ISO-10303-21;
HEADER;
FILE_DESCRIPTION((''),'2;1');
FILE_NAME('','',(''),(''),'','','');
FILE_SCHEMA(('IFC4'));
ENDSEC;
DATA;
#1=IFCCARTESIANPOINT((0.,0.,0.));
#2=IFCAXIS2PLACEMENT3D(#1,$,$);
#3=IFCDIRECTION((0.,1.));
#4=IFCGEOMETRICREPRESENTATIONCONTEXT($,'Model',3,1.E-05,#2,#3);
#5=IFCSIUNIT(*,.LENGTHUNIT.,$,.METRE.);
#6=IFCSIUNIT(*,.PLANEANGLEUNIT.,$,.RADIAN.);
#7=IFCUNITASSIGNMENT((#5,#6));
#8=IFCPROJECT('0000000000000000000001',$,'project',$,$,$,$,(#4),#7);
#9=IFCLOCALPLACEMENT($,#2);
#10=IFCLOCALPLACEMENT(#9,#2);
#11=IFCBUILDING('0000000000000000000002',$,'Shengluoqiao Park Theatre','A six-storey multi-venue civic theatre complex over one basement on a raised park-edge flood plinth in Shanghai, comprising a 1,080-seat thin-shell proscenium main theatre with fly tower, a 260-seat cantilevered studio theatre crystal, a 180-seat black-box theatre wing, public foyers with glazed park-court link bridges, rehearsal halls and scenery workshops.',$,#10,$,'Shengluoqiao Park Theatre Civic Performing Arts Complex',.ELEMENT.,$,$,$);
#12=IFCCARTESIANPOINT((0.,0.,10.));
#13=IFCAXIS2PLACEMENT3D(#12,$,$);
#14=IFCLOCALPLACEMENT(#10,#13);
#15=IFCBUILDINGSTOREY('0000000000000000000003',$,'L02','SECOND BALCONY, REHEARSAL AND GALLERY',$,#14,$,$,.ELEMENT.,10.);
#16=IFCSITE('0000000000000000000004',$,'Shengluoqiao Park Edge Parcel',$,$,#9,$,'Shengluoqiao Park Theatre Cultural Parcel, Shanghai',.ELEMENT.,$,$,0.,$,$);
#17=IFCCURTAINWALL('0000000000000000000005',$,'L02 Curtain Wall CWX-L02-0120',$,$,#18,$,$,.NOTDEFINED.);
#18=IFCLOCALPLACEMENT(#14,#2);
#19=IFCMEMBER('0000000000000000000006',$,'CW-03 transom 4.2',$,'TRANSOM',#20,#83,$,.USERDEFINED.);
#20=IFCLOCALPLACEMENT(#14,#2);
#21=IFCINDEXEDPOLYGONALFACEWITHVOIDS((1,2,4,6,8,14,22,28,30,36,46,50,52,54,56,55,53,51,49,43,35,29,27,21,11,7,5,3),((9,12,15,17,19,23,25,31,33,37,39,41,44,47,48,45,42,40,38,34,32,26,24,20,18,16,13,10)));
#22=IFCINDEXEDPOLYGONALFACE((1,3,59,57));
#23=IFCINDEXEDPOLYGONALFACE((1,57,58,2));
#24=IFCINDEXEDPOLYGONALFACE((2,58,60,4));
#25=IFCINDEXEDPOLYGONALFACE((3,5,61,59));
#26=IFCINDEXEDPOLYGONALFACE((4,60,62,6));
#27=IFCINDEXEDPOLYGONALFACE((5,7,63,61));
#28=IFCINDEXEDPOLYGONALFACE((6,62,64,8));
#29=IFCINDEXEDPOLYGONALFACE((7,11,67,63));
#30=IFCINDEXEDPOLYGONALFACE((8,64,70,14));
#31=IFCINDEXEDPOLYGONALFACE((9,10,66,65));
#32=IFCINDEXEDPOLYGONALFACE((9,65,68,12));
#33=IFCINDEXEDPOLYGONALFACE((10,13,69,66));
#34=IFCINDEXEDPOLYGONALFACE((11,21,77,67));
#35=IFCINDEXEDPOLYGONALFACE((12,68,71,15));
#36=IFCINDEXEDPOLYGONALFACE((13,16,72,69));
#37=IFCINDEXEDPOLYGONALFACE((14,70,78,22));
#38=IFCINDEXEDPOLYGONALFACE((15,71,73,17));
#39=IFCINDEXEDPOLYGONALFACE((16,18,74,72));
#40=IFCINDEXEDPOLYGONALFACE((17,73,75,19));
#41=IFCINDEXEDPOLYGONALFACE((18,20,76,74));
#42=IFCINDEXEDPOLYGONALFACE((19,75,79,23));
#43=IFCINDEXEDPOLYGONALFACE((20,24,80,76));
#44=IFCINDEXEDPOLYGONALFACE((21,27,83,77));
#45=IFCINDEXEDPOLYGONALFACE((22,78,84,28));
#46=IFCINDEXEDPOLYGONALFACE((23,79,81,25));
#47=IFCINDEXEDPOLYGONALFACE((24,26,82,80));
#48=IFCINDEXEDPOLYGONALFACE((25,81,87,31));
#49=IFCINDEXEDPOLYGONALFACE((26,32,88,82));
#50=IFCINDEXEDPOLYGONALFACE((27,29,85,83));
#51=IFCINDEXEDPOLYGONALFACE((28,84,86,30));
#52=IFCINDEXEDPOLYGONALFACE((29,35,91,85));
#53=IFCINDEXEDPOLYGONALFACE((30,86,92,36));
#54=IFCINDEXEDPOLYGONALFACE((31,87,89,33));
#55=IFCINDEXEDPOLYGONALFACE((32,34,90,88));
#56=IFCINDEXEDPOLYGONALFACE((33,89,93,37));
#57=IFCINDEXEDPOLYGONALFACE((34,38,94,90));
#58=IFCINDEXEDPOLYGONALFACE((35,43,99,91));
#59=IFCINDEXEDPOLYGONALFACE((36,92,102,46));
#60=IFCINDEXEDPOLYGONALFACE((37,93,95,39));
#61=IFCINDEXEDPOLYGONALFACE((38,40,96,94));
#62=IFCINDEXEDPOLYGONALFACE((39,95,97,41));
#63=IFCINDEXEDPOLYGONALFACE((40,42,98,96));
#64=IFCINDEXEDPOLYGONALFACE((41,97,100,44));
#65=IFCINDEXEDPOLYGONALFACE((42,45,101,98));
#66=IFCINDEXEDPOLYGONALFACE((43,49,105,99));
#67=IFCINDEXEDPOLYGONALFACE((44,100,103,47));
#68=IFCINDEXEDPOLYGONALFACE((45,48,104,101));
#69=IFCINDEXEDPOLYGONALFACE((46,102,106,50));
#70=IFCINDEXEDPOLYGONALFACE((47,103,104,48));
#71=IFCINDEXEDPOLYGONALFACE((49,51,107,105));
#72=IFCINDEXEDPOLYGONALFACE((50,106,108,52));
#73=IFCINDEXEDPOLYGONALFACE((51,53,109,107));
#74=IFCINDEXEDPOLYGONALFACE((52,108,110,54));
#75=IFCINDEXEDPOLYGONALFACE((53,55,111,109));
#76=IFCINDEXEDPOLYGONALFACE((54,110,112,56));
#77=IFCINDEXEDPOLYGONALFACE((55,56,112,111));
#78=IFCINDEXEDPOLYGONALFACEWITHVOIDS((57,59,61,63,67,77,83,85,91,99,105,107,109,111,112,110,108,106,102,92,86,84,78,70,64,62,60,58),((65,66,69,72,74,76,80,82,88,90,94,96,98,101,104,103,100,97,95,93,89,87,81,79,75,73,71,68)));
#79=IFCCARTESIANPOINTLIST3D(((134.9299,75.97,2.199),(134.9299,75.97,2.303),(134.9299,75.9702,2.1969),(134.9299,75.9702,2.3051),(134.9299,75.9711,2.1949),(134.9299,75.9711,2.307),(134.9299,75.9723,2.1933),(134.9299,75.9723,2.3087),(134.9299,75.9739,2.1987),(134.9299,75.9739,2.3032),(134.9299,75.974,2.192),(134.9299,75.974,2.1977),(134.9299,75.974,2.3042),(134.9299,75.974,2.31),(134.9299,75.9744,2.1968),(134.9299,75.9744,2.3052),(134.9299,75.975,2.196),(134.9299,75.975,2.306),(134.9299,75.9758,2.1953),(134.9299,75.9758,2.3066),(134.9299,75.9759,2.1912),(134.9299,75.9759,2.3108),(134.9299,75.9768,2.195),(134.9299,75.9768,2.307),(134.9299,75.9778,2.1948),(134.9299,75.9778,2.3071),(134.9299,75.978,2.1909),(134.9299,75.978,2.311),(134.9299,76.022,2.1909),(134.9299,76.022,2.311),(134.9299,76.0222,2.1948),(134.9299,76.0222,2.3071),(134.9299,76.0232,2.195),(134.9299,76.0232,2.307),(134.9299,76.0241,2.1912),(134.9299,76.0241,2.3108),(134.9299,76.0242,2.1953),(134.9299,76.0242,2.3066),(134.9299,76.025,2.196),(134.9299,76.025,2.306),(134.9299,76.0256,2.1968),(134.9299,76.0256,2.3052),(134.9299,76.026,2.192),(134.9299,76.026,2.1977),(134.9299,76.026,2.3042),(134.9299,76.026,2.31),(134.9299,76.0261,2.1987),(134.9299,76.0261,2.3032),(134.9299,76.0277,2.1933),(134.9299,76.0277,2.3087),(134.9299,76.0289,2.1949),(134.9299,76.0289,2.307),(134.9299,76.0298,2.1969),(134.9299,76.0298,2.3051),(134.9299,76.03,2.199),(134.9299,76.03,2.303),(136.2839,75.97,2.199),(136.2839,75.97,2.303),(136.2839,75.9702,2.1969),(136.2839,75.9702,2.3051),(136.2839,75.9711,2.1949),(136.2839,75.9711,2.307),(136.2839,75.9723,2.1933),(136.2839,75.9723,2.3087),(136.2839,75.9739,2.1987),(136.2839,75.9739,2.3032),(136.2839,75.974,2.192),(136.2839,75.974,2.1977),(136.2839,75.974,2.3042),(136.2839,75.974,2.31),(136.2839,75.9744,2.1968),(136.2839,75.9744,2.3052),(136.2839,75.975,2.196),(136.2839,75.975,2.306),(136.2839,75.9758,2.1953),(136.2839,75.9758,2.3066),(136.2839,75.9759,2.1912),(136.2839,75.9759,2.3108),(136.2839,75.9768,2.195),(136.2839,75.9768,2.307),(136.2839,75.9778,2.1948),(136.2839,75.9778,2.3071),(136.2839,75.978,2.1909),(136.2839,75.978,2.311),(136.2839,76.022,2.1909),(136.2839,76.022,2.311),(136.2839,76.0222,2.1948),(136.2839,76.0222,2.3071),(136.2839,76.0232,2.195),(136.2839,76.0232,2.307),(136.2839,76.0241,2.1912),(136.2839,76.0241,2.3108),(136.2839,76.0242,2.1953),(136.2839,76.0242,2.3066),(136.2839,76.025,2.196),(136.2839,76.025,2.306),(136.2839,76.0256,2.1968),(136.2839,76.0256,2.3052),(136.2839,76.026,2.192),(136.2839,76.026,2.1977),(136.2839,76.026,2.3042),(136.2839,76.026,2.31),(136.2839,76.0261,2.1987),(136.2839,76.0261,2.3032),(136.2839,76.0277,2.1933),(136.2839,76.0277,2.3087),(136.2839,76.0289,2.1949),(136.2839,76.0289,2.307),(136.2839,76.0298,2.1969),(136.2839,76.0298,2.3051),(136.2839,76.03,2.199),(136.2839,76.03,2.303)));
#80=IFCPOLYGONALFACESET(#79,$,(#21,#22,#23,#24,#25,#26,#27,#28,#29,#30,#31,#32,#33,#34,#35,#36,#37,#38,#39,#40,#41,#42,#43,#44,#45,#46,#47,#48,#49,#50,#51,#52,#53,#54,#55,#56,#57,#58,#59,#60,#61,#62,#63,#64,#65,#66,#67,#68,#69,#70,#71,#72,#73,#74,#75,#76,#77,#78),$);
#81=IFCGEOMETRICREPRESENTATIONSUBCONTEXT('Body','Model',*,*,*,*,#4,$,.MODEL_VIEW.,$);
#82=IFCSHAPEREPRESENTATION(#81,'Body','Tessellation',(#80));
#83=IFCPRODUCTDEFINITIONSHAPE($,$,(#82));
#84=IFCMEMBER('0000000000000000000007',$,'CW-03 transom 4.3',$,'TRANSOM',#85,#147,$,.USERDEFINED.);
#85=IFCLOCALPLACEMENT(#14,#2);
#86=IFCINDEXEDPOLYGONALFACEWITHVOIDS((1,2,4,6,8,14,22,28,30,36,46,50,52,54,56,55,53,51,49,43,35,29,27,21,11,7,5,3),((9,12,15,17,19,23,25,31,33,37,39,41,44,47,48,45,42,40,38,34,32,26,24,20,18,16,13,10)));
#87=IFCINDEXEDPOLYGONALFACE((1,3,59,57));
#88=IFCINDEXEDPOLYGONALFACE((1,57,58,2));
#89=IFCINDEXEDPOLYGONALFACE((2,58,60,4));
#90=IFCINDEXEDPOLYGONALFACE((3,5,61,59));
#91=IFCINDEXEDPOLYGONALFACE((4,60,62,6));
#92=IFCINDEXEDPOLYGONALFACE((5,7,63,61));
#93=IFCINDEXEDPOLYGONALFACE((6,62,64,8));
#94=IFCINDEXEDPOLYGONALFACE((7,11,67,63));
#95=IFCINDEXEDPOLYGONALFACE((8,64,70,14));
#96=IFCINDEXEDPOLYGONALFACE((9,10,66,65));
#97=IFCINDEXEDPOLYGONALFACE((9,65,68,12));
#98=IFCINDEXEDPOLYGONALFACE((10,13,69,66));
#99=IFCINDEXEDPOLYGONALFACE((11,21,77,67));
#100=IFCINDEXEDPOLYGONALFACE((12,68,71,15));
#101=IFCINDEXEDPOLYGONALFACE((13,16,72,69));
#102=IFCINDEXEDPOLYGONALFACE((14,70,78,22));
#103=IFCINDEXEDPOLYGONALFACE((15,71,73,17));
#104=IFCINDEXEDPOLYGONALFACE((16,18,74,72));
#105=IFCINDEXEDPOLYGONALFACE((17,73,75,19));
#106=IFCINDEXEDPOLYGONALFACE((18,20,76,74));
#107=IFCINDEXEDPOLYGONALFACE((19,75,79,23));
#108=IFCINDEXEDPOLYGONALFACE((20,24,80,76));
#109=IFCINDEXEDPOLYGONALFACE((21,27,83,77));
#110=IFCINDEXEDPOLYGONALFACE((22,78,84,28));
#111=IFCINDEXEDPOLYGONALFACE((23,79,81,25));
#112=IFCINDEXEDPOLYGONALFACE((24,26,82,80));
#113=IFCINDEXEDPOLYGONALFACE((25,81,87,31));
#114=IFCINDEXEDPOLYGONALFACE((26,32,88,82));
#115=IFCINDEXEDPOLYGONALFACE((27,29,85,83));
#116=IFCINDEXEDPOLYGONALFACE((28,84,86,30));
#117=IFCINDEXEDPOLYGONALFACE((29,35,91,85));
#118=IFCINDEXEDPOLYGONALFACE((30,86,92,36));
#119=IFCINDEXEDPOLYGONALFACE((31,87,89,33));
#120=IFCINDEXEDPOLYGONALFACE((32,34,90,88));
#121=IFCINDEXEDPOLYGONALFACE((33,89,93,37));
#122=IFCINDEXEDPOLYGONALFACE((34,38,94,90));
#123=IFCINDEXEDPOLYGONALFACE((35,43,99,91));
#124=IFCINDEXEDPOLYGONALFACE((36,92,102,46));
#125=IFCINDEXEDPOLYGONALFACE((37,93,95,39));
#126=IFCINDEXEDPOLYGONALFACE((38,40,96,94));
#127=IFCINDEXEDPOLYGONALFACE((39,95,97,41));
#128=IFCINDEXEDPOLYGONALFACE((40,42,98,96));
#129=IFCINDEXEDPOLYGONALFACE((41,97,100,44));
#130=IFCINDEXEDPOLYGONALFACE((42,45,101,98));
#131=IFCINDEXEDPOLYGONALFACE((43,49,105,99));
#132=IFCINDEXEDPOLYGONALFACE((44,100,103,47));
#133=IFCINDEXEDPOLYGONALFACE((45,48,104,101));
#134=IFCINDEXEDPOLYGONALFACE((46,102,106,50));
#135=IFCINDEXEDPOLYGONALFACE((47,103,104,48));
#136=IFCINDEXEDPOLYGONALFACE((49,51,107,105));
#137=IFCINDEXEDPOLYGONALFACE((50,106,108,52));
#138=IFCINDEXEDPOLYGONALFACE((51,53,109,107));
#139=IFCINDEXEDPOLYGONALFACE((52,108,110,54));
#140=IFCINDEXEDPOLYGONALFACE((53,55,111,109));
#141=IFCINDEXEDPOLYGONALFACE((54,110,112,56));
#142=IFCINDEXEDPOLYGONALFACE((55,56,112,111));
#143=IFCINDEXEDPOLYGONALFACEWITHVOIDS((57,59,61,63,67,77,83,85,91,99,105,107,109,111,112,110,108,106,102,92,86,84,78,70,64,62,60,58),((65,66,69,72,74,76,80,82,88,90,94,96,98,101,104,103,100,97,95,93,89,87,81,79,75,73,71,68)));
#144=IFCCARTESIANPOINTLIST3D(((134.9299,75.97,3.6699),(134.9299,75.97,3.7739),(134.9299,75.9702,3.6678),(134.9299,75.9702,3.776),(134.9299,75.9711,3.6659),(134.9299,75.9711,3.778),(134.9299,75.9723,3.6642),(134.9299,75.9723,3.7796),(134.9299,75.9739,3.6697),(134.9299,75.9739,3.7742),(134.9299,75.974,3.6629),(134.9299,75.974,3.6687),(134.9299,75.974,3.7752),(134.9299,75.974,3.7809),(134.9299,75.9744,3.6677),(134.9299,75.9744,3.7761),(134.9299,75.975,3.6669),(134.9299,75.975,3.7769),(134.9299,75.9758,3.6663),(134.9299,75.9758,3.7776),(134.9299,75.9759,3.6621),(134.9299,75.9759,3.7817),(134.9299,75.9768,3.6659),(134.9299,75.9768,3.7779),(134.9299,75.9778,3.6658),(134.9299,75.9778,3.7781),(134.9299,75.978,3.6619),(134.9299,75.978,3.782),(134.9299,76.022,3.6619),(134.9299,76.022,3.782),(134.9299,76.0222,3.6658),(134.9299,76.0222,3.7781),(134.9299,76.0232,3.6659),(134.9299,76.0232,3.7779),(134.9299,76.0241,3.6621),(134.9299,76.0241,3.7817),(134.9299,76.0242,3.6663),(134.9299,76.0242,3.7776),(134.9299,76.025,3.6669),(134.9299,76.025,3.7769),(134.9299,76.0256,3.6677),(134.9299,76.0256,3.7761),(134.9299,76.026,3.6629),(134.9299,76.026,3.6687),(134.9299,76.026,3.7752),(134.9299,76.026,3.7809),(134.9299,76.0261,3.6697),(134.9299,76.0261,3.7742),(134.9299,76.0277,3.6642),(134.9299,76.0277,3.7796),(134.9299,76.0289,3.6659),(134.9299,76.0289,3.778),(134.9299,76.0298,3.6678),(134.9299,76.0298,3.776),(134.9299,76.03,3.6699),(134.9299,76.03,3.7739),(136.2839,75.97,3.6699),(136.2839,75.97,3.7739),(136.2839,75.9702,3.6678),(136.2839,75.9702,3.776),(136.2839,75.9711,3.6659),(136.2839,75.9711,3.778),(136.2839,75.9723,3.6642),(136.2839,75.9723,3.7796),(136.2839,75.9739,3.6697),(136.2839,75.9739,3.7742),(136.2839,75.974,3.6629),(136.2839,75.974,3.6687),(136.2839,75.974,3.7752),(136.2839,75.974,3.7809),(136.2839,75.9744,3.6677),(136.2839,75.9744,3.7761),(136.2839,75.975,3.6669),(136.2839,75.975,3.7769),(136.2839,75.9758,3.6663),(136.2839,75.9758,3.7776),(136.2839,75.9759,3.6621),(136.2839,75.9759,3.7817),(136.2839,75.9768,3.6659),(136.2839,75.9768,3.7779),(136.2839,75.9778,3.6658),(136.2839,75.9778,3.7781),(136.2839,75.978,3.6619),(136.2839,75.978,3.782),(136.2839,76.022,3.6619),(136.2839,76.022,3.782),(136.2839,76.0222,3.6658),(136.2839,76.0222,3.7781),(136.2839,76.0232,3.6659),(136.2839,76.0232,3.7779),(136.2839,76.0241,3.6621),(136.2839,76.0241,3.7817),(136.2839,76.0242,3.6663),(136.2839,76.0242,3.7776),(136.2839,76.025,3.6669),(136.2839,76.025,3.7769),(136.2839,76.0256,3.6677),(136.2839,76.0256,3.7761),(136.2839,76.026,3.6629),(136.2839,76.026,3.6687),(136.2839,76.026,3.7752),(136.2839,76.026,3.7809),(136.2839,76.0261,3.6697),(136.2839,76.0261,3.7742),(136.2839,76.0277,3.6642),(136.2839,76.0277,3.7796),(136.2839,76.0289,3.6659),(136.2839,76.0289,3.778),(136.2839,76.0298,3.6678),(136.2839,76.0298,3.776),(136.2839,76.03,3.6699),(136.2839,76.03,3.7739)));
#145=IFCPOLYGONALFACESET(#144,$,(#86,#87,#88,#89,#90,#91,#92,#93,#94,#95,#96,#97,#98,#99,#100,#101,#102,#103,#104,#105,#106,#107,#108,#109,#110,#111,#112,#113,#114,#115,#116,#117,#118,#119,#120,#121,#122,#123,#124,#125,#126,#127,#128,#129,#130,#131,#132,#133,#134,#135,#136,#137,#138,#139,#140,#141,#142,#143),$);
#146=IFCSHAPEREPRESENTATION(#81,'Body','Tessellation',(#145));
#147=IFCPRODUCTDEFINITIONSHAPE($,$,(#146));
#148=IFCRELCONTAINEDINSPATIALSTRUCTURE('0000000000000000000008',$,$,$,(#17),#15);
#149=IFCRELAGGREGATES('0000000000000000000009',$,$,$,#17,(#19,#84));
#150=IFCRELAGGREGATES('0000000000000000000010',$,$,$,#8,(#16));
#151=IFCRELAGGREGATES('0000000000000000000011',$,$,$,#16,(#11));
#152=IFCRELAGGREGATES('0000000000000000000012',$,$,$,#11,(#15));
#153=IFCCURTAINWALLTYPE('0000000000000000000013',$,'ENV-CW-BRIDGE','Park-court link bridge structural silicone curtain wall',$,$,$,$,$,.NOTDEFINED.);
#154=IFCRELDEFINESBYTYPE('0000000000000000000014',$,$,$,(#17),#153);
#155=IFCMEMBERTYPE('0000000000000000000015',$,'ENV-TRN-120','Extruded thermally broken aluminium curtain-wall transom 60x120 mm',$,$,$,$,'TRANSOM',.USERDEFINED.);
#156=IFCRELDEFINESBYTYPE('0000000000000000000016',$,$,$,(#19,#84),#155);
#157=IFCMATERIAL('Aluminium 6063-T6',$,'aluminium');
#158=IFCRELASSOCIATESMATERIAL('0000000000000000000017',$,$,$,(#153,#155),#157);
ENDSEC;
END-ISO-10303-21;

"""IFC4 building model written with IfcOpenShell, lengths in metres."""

from ifc_helpers import new_model, si_unit, direction, frame, origin, origin_2d, place, context, subcontext, project, spatial, hollow_rectangle, extrude, material, material_profile, profile_set, type_object, element, aggregate, save


model = new_model("IFC4")

# Units and contexts
model_context = context("Model", 3, precision=1e-05, world=origin(), true_north=direction((0.0, 1.0)))
body_context = subcontext(model_context, "Body", "Model", "MODEL_VIEW")
ifc_project = project(units=[si_unit("LENGTHUNIT", "METRE"), si_unit("PLANEANGLEUNIT", "RADIAN")], contexts=[model_context])

# Site, building, storey
site_placement = place(None, origin())
site = spatial("IfcSite", under=ifc_project, at=site_placement, Name="Shengluoqiao Park Edge Parcel", LongName="Shengluoqiao Park Theatre Cultural Parcel, Shanghai", CompositionType="ELEMENT", RefElevation=0.0)
building_placement = place(site_placement, origin())
building = spatial("IfcBuilding", under=site, at=building_placement, Name="Shengluoqiao Park Theatre", Description="A six-storey multi-venue civic theatre complex over one basement on a raised park-edge flood plinth in Shanghai, comprising a 1,080-seat thin-shell proscenium main theatre with fly tower, a 260-seat cantilevered studio theatre crystal, a 180-seat black-box theatre wing, public foyers with glazed park-court link bridges, rehearsal halls and scenery workshops.", LongName="Shengluoqiao Park Theatre Civic Performing Arts Complex", CompositionType="ELEMENT")
storey_placement = place(building_placement, frame((0.0, 0.0, 10.0)))
storey = spatial("IfcBuildingStorey", under=building, at=storey_placement, Name="L02", Description="SECOND BALCONY, REHEARSAL AND GALLERY", CompositionType="ELEMENT", Elevation=10.0)

# Curtain wall, members
ifc_material_1 = material(Name="Aluminium 6063-T6", Category="aluminium")
curtain_wall_type = type_object("IfcCurtainWallType", Name="ENV-CW-BRIDGE", Description="Park-court link bridge structural silicone curtain wall", PredefinedType="NOTDEFINED", material=ifc_material_1)
curtain_wall_placement = place(storey_placement, origin())
curtain_wall = element("IfcCurtainWall", 1, at=curtain_wall_placement, inside=storey, type_object=curtain_wall_type, Name="L02 Curtain Wall CWX-L02-0120", PredefinedType="NOTDEFINED")
ifc_material_profile_1 = material_profile(ifc_material_1, hollow_rectangle(XDim=0.0601, YDim=0.1201, WallThickness=0.0039, InnerFilletRadius=0.0039, OuterFilletRadius=0.0081, at=origin_2d()), Name="ALU TRANSOM 120x60x4")
ifc_profile_set_1 = profile_set([ifc_material_profile_1], Name="Aluminium 6063-T6")
member_type_1 = type_object("IfcMemberType", Name="ENV-TRN-120", Description="Extruded thermally broken aluminium curtain-wall transom 60x120 mm", ElementType="TRANSOM", PredefinedType="USERDEFINED", material=ifc_profile_set_1)
member_1_placement = place(storey_placement, frame((134.9299, 76.0, 2.251), z_axis=(1.0, 0.0, 0.0), x_axis=(0.0, 1.0, 0.0)))
member_1 = element("IfcMember", 2, at=member_1_placement, type_object=member_type_1, Name="CW-03 transom 4.2", ObjectType="TRANSOM", PredefinedType="USERDEFINED", context=body_context, shape_type="SweptSolid", body=[
    extrude(hollow_rectangle(XDim=0.0601, YDim=0.1201, WallThickness=0.0039, InnerFilletRadius=0.0039, OuterFilletRadius=0.0081, at=origin_2d()), origin(), (0.0, 0.0, 1.0), 1.354),
])
member_2_placement = place(storey_placement, frame((134.9299, 76.0, 3.7219), z_axis=(1.0, 0.0, 0.0), x_axis=(0.0, 1.0, 0.0)))
member_2 = element("IfcMember", 3, at=member_2_placement, type_object=member_type_1, Name="CW-03 transom 4.3", ObjectType="TRANSOM", PredefinedType="USERDEFINED", context=body_context, shape_type="SweptSolid", body=[
    extrude(hollow_rectangle(XDim=0.0601, YDim=0.1201, WallThickness=0.0039, InnerFilletRadius=0.0039, OuterFilletRadius=0.0081, at=origin_2d()), origin(), (0.0, 0.0, 1.0), 1.354),
])

aggregate(curtain_wall, [member_1, member_2])

save(model, "model.ifc")
